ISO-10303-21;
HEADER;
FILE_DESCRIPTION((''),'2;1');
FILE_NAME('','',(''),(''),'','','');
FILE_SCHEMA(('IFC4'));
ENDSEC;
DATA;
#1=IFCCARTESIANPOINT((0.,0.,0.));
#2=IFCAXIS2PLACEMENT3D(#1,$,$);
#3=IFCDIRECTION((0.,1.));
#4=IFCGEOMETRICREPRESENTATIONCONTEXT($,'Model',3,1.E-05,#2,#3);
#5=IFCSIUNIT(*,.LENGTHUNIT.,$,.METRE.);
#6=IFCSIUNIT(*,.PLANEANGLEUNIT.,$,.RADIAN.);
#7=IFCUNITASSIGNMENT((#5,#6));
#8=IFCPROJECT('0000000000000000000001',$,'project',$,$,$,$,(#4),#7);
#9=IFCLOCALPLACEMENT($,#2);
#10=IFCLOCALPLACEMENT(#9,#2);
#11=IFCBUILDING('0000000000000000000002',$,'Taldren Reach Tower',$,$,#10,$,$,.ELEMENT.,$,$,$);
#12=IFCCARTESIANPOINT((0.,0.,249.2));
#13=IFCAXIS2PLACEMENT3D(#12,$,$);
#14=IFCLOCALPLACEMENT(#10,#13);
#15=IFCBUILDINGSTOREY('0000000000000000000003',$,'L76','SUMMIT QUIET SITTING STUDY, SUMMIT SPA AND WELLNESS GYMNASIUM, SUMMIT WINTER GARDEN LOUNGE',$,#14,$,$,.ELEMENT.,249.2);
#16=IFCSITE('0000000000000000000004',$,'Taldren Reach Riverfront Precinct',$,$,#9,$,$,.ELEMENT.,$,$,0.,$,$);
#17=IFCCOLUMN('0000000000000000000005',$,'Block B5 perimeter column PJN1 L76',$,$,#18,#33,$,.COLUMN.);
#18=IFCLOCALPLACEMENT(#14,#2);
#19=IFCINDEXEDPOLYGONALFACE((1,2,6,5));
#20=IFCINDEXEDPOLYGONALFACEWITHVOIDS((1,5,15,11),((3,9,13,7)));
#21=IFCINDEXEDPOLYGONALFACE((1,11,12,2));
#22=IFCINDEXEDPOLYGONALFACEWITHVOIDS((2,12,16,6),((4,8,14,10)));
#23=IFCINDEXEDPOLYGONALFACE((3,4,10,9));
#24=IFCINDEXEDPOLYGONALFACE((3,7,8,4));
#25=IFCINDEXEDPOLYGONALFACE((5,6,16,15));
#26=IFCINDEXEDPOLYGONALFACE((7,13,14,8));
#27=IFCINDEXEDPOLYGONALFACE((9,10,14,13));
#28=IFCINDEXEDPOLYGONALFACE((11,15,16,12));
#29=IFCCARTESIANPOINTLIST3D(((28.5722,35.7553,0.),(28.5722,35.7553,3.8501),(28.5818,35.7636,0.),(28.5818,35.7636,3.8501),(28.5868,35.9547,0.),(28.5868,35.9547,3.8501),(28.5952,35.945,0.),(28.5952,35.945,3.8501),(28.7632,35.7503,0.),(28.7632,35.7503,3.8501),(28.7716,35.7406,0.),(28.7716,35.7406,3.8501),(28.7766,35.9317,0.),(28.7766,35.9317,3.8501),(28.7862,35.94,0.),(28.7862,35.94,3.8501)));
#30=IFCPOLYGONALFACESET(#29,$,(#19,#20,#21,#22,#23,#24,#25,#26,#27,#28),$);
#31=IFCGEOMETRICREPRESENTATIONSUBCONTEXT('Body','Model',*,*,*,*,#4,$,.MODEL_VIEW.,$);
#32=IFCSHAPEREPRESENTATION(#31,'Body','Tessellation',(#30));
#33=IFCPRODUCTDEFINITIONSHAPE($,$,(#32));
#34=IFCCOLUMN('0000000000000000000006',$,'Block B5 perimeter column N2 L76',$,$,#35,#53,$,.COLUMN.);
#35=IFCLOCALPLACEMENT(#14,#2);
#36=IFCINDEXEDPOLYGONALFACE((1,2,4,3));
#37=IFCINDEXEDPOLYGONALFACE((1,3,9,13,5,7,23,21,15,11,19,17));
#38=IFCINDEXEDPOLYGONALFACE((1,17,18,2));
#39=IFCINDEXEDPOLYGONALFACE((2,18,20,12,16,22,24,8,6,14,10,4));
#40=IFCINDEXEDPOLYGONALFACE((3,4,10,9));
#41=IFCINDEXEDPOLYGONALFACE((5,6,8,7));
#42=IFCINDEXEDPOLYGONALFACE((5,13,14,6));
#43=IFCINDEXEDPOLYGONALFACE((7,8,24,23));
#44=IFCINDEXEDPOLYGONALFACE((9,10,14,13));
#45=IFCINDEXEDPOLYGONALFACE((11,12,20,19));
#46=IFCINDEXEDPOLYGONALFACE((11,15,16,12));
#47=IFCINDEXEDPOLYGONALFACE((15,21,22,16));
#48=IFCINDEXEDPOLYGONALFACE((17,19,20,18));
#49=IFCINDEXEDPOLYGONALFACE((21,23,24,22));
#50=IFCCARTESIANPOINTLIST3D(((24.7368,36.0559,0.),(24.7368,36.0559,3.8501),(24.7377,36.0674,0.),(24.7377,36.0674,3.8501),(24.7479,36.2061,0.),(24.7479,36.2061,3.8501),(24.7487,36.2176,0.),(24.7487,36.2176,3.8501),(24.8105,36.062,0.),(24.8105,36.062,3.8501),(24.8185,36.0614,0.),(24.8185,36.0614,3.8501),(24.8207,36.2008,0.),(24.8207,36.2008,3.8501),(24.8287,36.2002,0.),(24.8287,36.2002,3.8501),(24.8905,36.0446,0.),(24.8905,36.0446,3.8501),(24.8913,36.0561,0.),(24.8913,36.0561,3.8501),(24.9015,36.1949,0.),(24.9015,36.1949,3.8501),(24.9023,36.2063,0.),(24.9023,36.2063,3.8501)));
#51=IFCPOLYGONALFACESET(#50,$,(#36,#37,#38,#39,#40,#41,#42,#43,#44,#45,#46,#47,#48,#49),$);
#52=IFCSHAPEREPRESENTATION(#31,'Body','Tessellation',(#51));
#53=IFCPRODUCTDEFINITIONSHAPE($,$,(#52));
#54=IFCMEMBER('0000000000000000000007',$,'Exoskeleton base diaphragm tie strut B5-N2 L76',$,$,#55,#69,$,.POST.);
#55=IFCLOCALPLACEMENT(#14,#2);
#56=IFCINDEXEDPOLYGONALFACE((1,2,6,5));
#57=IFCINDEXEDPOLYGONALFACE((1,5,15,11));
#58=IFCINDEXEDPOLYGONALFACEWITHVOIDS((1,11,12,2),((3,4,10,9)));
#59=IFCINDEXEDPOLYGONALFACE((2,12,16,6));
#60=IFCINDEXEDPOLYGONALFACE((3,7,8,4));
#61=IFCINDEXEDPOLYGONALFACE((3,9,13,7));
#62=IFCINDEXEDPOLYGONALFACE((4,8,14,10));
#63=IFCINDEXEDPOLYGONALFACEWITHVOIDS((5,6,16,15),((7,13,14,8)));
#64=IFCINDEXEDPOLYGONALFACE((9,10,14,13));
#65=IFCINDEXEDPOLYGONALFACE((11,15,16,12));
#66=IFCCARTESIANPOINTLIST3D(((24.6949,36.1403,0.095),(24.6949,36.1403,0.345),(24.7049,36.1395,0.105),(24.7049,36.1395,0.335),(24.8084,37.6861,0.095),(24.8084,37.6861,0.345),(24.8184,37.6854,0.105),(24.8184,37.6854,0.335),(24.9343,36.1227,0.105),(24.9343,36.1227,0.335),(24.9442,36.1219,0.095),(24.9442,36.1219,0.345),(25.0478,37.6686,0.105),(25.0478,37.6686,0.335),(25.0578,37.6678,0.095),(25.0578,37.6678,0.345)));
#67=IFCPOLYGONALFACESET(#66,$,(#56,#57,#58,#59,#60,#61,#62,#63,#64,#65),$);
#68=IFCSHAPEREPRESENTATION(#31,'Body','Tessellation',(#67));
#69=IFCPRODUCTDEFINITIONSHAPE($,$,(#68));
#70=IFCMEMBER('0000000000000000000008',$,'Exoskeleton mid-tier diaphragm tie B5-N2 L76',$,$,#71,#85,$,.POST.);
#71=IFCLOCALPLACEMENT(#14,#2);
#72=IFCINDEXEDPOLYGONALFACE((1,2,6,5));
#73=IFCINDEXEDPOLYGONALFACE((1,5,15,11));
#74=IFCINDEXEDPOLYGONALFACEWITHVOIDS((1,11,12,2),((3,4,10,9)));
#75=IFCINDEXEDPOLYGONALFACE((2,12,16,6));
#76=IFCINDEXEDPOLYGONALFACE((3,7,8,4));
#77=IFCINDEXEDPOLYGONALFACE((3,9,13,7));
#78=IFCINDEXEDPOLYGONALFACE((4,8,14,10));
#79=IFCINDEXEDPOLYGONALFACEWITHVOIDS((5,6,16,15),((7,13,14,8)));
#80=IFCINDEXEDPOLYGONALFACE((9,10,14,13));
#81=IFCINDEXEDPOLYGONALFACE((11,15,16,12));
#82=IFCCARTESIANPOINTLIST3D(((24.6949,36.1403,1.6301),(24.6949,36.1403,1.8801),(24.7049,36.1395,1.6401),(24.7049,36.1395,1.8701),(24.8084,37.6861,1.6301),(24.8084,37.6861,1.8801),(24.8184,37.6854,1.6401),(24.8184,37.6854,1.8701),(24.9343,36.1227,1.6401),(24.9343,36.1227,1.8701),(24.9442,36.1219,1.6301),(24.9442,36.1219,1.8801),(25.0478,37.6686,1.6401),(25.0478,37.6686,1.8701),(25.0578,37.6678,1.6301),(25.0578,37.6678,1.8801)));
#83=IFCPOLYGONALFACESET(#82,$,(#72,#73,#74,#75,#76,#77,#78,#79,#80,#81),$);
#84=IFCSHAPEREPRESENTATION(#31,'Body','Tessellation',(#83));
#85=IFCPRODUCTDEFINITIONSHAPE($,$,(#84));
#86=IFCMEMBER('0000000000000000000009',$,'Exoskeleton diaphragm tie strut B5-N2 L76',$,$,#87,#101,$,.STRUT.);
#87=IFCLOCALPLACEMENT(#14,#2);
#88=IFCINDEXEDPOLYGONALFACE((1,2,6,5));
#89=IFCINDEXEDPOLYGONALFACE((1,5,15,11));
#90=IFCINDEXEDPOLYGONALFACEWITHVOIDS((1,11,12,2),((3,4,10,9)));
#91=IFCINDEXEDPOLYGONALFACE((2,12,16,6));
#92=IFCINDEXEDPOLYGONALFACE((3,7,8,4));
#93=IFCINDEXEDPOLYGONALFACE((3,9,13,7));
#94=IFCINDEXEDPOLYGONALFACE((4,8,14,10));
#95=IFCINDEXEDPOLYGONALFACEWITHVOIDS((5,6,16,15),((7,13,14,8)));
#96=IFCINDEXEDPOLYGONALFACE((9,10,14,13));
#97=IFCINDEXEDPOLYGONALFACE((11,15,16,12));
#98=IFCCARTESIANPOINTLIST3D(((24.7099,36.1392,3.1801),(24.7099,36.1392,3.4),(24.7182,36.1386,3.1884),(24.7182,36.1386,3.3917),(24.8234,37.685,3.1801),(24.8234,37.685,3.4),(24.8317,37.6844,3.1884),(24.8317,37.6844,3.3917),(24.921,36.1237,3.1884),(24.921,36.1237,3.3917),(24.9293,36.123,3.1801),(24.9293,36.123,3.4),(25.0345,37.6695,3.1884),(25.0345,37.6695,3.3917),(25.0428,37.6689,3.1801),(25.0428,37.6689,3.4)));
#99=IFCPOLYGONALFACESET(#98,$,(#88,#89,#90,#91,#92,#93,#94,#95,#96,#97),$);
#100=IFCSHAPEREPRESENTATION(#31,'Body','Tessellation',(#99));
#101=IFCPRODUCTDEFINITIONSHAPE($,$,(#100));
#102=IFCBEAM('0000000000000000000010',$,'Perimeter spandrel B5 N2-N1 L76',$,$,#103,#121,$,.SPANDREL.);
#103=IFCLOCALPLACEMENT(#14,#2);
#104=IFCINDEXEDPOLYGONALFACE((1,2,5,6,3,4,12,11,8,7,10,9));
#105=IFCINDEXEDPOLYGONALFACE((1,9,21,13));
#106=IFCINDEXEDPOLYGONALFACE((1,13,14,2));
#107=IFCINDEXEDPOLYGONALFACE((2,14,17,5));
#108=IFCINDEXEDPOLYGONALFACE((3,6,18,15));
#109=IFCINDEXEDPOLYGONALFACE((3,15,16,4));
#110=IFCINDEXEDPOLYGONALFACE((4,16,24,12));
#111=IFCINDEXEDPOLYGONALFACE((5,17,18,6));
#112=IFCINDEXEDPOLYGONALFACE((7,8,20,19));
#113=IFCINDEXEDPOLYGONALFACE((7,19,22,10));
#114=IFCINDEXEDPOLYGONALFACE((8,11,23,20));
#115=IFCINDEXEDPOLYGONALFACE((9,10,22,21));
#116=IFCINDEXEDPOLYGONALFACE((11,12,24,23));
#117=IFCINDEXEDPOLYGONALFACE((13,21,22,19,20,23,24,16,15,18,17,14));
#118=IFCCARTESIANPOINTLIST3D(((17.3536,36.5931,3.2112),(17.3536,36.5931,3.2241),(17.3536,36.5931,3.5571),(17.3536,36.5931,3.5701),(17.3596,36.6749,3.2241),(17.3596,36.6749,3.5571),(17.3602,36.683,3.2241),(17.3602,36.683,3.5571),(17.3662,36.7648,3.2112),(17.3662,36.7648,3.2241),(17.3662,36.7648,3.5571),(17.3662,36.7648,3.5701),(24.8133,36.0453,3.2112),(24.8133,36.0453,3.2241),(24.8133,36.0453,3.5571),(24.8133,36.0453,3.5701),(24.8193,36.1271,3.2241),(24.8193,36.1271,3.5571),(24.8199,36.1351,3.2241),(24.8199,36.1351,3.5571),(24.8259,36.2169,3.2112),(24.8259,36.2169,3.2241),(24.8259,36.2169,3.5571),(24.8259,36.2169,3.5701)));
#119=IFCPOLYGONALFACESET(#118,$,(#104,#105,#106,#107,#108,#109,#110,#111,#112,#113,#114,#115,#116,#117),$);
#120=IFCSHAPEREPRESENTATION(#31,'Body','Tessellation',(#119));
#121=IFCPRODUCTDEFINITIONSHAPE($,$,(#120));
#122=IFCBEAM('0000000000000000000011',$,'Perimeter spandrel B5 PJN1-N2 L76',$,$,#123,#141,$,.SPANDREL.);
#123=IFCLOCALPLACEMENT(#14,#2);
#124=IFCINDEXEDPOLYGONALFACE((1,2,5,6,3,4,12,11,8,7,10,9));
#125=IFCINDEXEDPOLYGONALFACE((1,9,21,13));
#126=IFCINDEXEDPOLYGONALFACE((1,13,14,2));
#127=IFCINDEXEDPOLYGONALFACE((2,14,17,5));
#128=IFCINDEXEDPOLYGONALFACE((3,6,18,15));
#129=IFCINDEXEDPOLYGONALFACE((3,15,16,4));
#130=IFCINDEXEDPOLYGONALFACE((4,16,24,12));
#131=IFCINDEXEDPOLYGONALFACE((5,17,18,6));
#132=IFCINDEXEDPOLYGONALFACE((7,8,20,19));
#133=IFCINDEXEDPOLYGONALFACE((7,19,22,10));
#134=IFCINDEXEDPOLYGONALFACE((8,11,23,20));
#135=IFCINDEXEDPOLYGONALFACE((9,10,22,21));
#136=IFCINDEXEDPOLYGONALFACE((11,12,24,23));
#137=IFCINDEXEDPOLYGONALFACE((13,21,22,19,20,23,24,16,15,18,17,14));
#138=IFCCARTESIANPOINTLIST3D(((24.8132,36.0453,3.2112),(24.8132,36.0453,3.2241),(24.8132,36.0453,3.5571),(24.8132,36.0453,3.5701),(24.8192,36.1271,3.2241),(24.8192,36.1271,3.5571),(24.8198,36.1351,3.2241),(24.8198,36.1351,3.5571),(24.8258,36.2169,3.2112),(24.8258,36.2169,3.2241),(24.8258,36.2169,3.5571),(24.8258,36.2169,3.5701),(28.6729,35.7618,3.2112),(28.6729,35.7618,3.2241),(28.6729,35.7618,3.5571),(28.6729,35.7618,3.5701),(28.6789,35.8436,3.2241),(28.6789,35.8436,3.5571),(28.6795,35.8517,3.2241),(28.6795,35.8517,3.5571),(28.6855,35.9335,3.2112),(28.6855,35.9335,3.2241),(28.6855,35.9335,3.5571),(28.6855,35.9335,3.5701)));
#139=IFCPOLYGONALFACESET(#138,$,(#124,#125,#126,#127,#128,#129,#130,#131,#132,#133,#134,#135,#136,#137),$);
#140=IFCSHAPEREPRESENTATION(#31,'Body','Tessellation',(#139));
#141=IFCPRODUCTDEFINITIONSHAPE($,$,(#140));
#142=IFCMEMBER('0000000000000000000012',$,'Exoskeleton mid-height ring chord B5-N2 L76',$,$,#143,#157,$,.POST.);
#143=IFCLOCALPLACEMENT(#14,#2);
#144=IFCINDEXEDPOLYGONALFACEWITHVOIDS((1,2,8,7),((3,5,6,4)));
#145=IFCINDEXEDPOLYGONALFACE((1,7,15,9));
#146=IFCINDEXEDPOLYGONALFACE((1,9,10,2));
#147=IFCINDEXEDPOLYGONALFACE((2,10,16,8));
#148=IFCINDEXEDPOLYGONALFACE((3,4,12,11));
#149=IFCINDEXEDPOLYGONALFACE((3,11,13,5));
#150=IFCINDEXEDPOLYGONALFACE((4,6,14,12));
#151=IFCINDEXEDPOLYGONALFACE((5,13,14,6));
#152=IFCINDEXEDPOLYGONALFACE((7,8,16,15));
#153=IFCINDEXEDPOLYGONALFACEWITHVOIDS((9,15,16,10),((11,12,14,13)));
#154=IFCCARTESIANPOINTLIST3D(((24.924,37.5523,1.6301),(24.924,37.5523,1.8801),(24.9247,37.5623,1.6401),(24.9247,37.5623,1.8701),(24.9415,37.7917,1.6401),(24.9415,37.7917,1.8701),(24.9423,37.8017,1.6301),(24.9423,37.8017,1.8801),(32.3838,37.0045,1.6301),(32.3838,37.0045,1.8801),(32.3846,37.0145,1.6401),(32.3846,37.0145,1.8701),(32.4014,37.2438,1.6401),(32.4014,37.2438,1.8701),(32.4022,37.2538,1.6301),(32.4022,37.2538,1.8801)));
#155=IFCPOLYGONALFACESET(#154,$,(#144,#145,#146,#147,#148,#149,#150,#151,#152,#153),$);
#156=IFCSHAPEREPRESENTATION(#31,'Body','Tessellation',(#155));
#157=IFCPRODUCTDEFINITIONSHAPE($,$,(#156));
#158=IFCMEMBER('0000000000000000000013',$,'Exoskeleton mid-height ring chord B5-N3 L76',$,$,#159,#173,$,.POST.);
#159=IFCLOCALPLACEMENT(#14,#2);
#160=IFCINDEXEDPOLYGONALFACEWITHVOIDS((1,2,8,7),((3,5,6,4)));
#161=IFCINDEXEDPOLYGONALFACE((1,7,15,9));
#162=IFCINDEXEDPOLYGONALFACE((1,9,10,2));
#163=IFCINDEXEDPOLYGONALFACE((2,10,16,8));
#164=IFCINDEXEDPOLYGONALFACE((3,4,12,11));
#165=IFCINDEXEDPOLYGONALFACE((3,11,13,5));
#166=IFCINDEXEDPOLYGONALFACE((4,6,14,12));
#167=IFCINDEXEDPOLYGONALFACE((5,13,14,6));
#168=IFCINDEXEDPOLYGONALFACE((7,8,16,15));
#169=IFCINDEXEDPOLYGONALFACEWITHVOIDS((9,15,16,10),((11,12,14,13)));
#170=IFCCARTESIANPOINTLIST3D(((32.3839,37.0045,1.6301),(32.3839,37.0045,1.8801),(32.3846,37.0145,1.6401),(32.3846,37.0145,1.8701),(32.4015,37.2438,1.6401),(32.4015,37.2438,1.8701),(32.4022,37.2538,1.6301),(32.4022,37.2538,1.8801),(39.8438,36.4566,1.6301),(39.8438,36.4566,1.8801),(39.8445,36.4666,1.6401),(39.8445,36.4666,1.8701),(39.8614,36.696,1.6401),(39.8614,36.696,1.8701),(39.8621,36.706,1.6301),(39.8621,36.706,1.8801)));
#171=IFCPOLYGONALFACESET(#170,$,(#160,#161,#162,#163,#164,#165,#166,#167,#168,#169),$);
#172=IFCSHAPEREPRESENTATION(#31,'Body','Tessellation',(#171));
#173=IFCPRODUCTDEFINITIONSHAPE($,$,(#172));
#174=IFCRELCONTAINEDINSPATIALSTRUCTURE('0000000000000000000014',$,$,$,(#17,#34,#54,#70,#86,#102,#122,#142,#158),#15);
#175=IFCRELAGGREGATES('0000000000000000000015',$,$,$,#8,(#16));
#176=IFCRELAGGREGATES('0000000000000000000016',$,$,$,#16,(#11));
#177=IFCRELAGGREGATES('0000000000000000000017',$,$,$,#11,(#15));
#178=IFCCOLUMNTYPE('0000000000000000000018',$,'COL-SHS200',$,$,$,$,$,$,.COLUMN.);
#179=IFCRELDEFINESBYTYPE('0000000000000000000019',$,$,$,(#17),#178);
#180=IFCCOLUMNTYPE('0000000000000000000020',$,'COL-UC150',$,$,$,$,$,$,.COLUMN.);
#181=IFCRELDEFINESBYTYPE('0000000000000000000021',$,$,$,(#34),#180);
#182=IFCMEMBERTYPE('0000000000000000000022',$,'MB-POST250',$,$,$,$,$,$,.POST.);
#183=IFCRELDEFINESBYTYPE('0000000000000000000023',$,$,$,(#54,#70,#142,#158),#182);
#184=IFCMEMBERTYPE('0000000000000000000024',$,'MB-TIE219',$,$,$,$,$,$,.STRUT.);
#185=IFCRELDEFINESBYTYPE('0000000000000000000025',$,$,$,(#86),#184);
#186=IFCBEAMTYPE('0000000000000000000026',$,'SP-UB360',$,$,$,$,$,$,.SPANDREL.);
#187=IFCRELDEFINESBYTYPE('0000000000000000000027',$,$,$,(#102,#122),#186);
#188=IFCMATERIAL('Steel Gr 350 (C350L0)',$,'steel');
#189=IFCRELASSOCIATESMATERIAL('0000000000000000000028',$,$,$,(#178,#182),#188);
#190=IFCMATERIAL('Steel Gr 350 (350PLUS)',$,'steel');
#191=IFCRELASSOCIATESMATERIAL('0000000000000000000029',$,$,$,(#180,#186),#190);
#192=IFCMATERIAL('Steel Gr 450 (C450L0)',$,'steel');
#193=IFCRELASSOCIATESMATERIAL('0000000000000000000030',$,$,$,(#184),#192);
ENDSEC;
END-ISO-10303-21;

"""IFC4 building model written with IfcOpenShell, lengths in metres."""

from ifc_helpers import new_model, si_unit, direction, frame, origin, origin_2d, place, context, subcontext, project, spatial, hollow_rectangle, i_section, extrude, source, transform, mapped, material, material_profile, profile_set, type_object, element, save


model = new_model("IFC4")

# Units and contexts
model_context = context("Model", 3, precision=1e-05, world=origin(), true_north=direction((0.0, 1.0)))
body_context = subcontext(model_context, "Body", "Model", "MODEL_VIEW")
ifc_project = project(units=[si_unit("LENGTHUNIT", "METRE"), si_unit("PLANEANGLEUNIT", "RADIAN")], contexts=[model_context])

# Site, building, storey
site_placement = place(None, origin())
site = spatial("IfcSite", under=ifc_project, at=site_placement, Name="Taldren Reach Riverfront Precinct", CompositionType="ELEMENT", RefElevation=0.0)
building_placement = place(site_placement, origin())
building = spatial("IfcBuilding", under=site, at=building_placement, Name="Taldren Reach Tower", CompositionType="ELEMENT")
storey_placement = place(building_placement, frame((0.0, 0.0, 249.2)))
storey = spatial("IfcBuildingStorey", under=building, at=storey_placement, Name="L76", Description="SUMMIT QUIET SITTING STUDY, SUMMIT SPA AND WELLNESS GYMNASIUM, SUMMIT WINTER GARDEN LOUNGE", CompositionType="ELEMENT", Elevation=249.2)

# Columns
ifc_material_1 = material(Name="Steel Gr 350 (C350L0)", Category="steel")
ifc_material_profile_1 = material_profile(ifc_material_1, hollow_rectangle(XDim=0.2, YDim=0.2, WallThickness=0.009, at=origin_2d()), Name="200x200x9.0SHS")
ifc_profile_set_1 = profile_set([ifc_material_profile_1], Name="Steel Gr 350 (C350L0)")
column_type_1 = type_object("IfcColumnType", Name="COL-SHS200", PredefinedType="COLUMN", material=ifc_profile_set_1)
shared_shape_1 = source(origin(), body_context, "Body", "SweptSolid", [
    extrude(hollow_rectangle(XDim=0.2, YDim=0.2, WallThickness=0.009, at=origin_2d()), origin(), (0.0, 0.0, 1.0), 3.8501),
])
column_1_placement = place(storey_placement, frame((28.6792, 35.8477, 0.0), z_axis=(0.0, 0.0, 1.0), x_axis=(0.997314, -0.073238, 0.0)))
element("IfcColumn", 1, at=column_1_placement, inside=storey, type_object=column_type_1, Name="Block B5 perimeter column PJN1 L76", PredefinedType="COLUMN", context=body_context, shape_type="MappedRepresentation", body=[
    mapped(shared_shape_1, transform((0.0, 0.0, 0.0), scale=1.0)),
])
ifc_material_2 = material(Name="Steel Gr 350 (350PLUS)", Category="steel")
ifc_material_profile_2 = material_profile(ifc_material_2, i_section(OverallWidth=0.1541, OverallDepth=0.1621, WebThickness=0.0081, FlangeThickness=0.0115, at=origin_2d()), Name="150UC37.2")
ifc_profile_set_2 = profile_set([ifc_material_profile_2], Name="Steel Gr 350 (350PLUS)")
column_type_2 = type_object("IfcColumnType", Name="COL-UC150", PredefinedType="COLUMN", material=ifc_profile_set_2)
shared_shape_2 = source(origin(), body_context, "Body", "SweptSolid", [
    extrude(i_section(OverallWidth=0.1541, OverallDepth=0.1621, WebThickness=0.0081, FlangeThickness=0.0115, at=origin_2d()), origin(), (0.0, 0.0, 1.0), 3.8501),
])
column_2_placement = place(storey_placement, frame((24.8196, 36.1311, 0.0), z_axis=(0.0, 0.0, 1.0), x_axis=(0.997314, -0.073238, 0.0)))
element("IfcColumn", 2, at=column_2_placement, inside=storey, type_object=column_type_2, Name="Block B5 perimeter column N2 L76", PredefinedType="COLUMN", context=body_context, shape_type="MappedRepresentation", body=[
    mapped(shared_shape_2, transform((0.0, 0.0, 0.0), scale=1.0)),
])

# Members
ifc_material_profile_3 = material_profile(ifc_material_1, hollow_rectangle(XDim=0.25, YDim=0.25, WallThickness=0.01, at=origin_2d()), Name="250x250x10.0SHS")
ifc_profile_set_3 = profile_set([ifc_material_profile_3], Name="Steel Gr 350 (C350L0)")
member_type_1 = type_object("IfcMemberType", Name="MB-POST250", PredefinedType="POST", material=ifc_profile_set_3)
shared_shape_3 = source(origin(), body_context, "Body", "SweptSolid", [
    extrude(hollow_rectangle(XDim=0.25, YDim=0.25, WallThickness=0.01, at=origin_2d()), origin(), (0.0, 0.0, 1.0), 1.55),
])
for number, where, z_axis, x_axis, name in (
    (3, (24.8196, 36.1311, 0.22), (0.073239, 0.997314, 0.0), (-0.997314, 0.073239, 0.0), "Exoskeleton base diaphragm tie strut B5-N2 L76"),
    (4, (24.8196, 36.1311, 1.7551), (0.073239, 0.997314, 0.0), (-0.997314, 0.073239, 0.0), "Exoskeleton mid-tier diaphragm tie B5-N2 L76"),
):
    element("IfcMember", number, at=place(storey_placement, frame(where, z_axis=z_axis, x_axis=x_axis)), inside=storey, type_object=member_type_1, Name=name, PredefinedType="POST", context=body_context, shape_type="MappedRepresentation", body=[
        mapped(shared_shape_3, transform((0.0, 0.0, 0.0), scale=1.0)),
    ])
ifc_material_3 = material(Name="Steel Gr 450 (C450L0)", Category="steel")
ifc_material_profile_4 = material_profile(ifc_material_3, hollow_rectangle(XDim=0.22, YDim=0.22, WallThickness=0.0083, at=origin_2d()), Name="220x220x8.2SHS")
ifc_profile_set_4 = profile_set([ifc_material_profile_4], Name="Steel Gr 450 (C450L0)")
member_type_2 = type_object("IfcMemberType", Name="MB-TIE219", PredefinedType="STRUT", material=ifc_profile_set_4)
shared_shape_4 = source(origin(), body_context, "Body", "SweptSolid", [
    extrude(hollow_rectangle(XDim=0.22, YDim=0.22, WallThickness=0.0083, at=origin_2d()), origin(), (0.0, 0.0, 1.0), 1.55),
])
member_1_placement = place(storey_placement, frame((24.8196, 36.1311, 3.29), z_axis=(0.073239, 0.997314, 0.0), x_axis=(-0.997314, 0.073239, 0.0)))
element("IfcMember", 5, at=member_1_placement, inside=storey, type_object=member_type_2, Name="Exoskeleton diaphragm tie strut B5-N2 L76", PredefinedType="STRUT", context=body_context, shape_type="MappedRepresentation", body=[
    mapped(shared_shape_4, transform((0.0, 0.0, 0.0), scale=1.0)),
])

# Beams
ifc_material_profile_5 = material_profile(ifc_material_2, i_section(OverallWidth=0.1721, OverallDepth=0.3589, WebThickness=0.0081, FlangeThickness=0.0129, at=origin_2d()), Name="360UB56.7")
ifc_profile_set_5 = profile_set([ifc_material_profile_5], Name="Steel Gr 350 (350PLUS)")
beam_type = type_object("IfcBeamType", Name="SP-UB360", PredefinedType="SPANDREL", material=ifc_profile_set_5)
shared_shape_5 = source(origin(), body_context, "Body", "SweptSolid", [
    extrude(i_section(OverallWidth=0.1721, OverallDepth=0.3589, WebThickness=0.0081, FlangeThickness=0.0129, at=origin_2d()), origin(), (0.0, 0.0, 1.0), 7.4797),
])
beam_1_placement = place(storey_placement, frame((24.8196, 36.1311, 3.3906), z_axis=(-0.997314, 0.073244, 0.0), x_axis=(-0.073244, -0.997314, 0.0)))
element("IfcBeam", 6, at=beam_1_placement, inside=storey, type_object=beam_type, Name="Perimeter spandrel B5 N2-N1 L76", PredefinedType="SPANDREL", context=body_context, shape_type="MappedRepresentation", body=[
    mapped(shared_shape_5, transform((0.0, 0.0, 0.0), scale=1.0)),
])
shared_shape_6 = source(origin(), body_context, "Body", "SweptSolid", [
    extrude(i_section(OverallWidth=0.1721, OverallDepth=0.3589, WebThickness=0.0081, FlangeThickness=0.0129, at=origin_2d()), origin(), (0.0, 0.0, 1.0), 3.8701),
])
beam_2_placement = place(storey_placement, frame((28.6792, 35.8477, 3.3906), z_axis=(-0.997314, 0.073242, 0.0), x_axis=(-0.073242, -0.997314, 0.0)))
element("IfcBeam", 7, at=beam_2_placement, inside=storey, type_object=beam_type, Name="Perimeter spandrel B5 PJN1-N2 L76", PredefinedType="SPANDREL", context=body_context, shape_type="MappedRepresentation", body=[
    mapped(shared_shape_6, transform((0.0, 0.0, 0.0), scale=1.0)),
])

# Members
shared_shape_7 = source(origin(), body_context, "Body", "SweptSolid", [
    extrude(hollow_rectangle(XDim=0.25, YDim=0.25, WallThickness=0.01, at=origin_2d()), origin(), (0.0, 0.0, 1.0), 7.48),
])
for number, where, z_axis, x_axis, name in (
    (8, (24.9331, 37.677, 1.7551), (0.997314, -0.073242, 0.0), (0.073242, 0.997314, 0.0), "Exoskeleton mid-height ring chord B5-N2 L76"),
    (9, (32.3931, 37.1292, 1.7551), (0.997314, -0.073242, 0.0), (0.073242, 0.997314, 0.0), "Exoskeleton mid-height ring chord B5-N3 L76"),
):
    element("IfcMember", number, at=place(storey_placement, frame(where, z_axis=z_axis, x_axis=x_axis)), inside=storey, type_object=member_type_1, Name=name, PredefinedType="POST", context=body_context, shape_type="MappedRepresentation", body=[
        mapped(shared_shape_7, transform((0.0, 0.0, 0.0), scale=1.0)),
    ])

save(model, "model.ifc")
